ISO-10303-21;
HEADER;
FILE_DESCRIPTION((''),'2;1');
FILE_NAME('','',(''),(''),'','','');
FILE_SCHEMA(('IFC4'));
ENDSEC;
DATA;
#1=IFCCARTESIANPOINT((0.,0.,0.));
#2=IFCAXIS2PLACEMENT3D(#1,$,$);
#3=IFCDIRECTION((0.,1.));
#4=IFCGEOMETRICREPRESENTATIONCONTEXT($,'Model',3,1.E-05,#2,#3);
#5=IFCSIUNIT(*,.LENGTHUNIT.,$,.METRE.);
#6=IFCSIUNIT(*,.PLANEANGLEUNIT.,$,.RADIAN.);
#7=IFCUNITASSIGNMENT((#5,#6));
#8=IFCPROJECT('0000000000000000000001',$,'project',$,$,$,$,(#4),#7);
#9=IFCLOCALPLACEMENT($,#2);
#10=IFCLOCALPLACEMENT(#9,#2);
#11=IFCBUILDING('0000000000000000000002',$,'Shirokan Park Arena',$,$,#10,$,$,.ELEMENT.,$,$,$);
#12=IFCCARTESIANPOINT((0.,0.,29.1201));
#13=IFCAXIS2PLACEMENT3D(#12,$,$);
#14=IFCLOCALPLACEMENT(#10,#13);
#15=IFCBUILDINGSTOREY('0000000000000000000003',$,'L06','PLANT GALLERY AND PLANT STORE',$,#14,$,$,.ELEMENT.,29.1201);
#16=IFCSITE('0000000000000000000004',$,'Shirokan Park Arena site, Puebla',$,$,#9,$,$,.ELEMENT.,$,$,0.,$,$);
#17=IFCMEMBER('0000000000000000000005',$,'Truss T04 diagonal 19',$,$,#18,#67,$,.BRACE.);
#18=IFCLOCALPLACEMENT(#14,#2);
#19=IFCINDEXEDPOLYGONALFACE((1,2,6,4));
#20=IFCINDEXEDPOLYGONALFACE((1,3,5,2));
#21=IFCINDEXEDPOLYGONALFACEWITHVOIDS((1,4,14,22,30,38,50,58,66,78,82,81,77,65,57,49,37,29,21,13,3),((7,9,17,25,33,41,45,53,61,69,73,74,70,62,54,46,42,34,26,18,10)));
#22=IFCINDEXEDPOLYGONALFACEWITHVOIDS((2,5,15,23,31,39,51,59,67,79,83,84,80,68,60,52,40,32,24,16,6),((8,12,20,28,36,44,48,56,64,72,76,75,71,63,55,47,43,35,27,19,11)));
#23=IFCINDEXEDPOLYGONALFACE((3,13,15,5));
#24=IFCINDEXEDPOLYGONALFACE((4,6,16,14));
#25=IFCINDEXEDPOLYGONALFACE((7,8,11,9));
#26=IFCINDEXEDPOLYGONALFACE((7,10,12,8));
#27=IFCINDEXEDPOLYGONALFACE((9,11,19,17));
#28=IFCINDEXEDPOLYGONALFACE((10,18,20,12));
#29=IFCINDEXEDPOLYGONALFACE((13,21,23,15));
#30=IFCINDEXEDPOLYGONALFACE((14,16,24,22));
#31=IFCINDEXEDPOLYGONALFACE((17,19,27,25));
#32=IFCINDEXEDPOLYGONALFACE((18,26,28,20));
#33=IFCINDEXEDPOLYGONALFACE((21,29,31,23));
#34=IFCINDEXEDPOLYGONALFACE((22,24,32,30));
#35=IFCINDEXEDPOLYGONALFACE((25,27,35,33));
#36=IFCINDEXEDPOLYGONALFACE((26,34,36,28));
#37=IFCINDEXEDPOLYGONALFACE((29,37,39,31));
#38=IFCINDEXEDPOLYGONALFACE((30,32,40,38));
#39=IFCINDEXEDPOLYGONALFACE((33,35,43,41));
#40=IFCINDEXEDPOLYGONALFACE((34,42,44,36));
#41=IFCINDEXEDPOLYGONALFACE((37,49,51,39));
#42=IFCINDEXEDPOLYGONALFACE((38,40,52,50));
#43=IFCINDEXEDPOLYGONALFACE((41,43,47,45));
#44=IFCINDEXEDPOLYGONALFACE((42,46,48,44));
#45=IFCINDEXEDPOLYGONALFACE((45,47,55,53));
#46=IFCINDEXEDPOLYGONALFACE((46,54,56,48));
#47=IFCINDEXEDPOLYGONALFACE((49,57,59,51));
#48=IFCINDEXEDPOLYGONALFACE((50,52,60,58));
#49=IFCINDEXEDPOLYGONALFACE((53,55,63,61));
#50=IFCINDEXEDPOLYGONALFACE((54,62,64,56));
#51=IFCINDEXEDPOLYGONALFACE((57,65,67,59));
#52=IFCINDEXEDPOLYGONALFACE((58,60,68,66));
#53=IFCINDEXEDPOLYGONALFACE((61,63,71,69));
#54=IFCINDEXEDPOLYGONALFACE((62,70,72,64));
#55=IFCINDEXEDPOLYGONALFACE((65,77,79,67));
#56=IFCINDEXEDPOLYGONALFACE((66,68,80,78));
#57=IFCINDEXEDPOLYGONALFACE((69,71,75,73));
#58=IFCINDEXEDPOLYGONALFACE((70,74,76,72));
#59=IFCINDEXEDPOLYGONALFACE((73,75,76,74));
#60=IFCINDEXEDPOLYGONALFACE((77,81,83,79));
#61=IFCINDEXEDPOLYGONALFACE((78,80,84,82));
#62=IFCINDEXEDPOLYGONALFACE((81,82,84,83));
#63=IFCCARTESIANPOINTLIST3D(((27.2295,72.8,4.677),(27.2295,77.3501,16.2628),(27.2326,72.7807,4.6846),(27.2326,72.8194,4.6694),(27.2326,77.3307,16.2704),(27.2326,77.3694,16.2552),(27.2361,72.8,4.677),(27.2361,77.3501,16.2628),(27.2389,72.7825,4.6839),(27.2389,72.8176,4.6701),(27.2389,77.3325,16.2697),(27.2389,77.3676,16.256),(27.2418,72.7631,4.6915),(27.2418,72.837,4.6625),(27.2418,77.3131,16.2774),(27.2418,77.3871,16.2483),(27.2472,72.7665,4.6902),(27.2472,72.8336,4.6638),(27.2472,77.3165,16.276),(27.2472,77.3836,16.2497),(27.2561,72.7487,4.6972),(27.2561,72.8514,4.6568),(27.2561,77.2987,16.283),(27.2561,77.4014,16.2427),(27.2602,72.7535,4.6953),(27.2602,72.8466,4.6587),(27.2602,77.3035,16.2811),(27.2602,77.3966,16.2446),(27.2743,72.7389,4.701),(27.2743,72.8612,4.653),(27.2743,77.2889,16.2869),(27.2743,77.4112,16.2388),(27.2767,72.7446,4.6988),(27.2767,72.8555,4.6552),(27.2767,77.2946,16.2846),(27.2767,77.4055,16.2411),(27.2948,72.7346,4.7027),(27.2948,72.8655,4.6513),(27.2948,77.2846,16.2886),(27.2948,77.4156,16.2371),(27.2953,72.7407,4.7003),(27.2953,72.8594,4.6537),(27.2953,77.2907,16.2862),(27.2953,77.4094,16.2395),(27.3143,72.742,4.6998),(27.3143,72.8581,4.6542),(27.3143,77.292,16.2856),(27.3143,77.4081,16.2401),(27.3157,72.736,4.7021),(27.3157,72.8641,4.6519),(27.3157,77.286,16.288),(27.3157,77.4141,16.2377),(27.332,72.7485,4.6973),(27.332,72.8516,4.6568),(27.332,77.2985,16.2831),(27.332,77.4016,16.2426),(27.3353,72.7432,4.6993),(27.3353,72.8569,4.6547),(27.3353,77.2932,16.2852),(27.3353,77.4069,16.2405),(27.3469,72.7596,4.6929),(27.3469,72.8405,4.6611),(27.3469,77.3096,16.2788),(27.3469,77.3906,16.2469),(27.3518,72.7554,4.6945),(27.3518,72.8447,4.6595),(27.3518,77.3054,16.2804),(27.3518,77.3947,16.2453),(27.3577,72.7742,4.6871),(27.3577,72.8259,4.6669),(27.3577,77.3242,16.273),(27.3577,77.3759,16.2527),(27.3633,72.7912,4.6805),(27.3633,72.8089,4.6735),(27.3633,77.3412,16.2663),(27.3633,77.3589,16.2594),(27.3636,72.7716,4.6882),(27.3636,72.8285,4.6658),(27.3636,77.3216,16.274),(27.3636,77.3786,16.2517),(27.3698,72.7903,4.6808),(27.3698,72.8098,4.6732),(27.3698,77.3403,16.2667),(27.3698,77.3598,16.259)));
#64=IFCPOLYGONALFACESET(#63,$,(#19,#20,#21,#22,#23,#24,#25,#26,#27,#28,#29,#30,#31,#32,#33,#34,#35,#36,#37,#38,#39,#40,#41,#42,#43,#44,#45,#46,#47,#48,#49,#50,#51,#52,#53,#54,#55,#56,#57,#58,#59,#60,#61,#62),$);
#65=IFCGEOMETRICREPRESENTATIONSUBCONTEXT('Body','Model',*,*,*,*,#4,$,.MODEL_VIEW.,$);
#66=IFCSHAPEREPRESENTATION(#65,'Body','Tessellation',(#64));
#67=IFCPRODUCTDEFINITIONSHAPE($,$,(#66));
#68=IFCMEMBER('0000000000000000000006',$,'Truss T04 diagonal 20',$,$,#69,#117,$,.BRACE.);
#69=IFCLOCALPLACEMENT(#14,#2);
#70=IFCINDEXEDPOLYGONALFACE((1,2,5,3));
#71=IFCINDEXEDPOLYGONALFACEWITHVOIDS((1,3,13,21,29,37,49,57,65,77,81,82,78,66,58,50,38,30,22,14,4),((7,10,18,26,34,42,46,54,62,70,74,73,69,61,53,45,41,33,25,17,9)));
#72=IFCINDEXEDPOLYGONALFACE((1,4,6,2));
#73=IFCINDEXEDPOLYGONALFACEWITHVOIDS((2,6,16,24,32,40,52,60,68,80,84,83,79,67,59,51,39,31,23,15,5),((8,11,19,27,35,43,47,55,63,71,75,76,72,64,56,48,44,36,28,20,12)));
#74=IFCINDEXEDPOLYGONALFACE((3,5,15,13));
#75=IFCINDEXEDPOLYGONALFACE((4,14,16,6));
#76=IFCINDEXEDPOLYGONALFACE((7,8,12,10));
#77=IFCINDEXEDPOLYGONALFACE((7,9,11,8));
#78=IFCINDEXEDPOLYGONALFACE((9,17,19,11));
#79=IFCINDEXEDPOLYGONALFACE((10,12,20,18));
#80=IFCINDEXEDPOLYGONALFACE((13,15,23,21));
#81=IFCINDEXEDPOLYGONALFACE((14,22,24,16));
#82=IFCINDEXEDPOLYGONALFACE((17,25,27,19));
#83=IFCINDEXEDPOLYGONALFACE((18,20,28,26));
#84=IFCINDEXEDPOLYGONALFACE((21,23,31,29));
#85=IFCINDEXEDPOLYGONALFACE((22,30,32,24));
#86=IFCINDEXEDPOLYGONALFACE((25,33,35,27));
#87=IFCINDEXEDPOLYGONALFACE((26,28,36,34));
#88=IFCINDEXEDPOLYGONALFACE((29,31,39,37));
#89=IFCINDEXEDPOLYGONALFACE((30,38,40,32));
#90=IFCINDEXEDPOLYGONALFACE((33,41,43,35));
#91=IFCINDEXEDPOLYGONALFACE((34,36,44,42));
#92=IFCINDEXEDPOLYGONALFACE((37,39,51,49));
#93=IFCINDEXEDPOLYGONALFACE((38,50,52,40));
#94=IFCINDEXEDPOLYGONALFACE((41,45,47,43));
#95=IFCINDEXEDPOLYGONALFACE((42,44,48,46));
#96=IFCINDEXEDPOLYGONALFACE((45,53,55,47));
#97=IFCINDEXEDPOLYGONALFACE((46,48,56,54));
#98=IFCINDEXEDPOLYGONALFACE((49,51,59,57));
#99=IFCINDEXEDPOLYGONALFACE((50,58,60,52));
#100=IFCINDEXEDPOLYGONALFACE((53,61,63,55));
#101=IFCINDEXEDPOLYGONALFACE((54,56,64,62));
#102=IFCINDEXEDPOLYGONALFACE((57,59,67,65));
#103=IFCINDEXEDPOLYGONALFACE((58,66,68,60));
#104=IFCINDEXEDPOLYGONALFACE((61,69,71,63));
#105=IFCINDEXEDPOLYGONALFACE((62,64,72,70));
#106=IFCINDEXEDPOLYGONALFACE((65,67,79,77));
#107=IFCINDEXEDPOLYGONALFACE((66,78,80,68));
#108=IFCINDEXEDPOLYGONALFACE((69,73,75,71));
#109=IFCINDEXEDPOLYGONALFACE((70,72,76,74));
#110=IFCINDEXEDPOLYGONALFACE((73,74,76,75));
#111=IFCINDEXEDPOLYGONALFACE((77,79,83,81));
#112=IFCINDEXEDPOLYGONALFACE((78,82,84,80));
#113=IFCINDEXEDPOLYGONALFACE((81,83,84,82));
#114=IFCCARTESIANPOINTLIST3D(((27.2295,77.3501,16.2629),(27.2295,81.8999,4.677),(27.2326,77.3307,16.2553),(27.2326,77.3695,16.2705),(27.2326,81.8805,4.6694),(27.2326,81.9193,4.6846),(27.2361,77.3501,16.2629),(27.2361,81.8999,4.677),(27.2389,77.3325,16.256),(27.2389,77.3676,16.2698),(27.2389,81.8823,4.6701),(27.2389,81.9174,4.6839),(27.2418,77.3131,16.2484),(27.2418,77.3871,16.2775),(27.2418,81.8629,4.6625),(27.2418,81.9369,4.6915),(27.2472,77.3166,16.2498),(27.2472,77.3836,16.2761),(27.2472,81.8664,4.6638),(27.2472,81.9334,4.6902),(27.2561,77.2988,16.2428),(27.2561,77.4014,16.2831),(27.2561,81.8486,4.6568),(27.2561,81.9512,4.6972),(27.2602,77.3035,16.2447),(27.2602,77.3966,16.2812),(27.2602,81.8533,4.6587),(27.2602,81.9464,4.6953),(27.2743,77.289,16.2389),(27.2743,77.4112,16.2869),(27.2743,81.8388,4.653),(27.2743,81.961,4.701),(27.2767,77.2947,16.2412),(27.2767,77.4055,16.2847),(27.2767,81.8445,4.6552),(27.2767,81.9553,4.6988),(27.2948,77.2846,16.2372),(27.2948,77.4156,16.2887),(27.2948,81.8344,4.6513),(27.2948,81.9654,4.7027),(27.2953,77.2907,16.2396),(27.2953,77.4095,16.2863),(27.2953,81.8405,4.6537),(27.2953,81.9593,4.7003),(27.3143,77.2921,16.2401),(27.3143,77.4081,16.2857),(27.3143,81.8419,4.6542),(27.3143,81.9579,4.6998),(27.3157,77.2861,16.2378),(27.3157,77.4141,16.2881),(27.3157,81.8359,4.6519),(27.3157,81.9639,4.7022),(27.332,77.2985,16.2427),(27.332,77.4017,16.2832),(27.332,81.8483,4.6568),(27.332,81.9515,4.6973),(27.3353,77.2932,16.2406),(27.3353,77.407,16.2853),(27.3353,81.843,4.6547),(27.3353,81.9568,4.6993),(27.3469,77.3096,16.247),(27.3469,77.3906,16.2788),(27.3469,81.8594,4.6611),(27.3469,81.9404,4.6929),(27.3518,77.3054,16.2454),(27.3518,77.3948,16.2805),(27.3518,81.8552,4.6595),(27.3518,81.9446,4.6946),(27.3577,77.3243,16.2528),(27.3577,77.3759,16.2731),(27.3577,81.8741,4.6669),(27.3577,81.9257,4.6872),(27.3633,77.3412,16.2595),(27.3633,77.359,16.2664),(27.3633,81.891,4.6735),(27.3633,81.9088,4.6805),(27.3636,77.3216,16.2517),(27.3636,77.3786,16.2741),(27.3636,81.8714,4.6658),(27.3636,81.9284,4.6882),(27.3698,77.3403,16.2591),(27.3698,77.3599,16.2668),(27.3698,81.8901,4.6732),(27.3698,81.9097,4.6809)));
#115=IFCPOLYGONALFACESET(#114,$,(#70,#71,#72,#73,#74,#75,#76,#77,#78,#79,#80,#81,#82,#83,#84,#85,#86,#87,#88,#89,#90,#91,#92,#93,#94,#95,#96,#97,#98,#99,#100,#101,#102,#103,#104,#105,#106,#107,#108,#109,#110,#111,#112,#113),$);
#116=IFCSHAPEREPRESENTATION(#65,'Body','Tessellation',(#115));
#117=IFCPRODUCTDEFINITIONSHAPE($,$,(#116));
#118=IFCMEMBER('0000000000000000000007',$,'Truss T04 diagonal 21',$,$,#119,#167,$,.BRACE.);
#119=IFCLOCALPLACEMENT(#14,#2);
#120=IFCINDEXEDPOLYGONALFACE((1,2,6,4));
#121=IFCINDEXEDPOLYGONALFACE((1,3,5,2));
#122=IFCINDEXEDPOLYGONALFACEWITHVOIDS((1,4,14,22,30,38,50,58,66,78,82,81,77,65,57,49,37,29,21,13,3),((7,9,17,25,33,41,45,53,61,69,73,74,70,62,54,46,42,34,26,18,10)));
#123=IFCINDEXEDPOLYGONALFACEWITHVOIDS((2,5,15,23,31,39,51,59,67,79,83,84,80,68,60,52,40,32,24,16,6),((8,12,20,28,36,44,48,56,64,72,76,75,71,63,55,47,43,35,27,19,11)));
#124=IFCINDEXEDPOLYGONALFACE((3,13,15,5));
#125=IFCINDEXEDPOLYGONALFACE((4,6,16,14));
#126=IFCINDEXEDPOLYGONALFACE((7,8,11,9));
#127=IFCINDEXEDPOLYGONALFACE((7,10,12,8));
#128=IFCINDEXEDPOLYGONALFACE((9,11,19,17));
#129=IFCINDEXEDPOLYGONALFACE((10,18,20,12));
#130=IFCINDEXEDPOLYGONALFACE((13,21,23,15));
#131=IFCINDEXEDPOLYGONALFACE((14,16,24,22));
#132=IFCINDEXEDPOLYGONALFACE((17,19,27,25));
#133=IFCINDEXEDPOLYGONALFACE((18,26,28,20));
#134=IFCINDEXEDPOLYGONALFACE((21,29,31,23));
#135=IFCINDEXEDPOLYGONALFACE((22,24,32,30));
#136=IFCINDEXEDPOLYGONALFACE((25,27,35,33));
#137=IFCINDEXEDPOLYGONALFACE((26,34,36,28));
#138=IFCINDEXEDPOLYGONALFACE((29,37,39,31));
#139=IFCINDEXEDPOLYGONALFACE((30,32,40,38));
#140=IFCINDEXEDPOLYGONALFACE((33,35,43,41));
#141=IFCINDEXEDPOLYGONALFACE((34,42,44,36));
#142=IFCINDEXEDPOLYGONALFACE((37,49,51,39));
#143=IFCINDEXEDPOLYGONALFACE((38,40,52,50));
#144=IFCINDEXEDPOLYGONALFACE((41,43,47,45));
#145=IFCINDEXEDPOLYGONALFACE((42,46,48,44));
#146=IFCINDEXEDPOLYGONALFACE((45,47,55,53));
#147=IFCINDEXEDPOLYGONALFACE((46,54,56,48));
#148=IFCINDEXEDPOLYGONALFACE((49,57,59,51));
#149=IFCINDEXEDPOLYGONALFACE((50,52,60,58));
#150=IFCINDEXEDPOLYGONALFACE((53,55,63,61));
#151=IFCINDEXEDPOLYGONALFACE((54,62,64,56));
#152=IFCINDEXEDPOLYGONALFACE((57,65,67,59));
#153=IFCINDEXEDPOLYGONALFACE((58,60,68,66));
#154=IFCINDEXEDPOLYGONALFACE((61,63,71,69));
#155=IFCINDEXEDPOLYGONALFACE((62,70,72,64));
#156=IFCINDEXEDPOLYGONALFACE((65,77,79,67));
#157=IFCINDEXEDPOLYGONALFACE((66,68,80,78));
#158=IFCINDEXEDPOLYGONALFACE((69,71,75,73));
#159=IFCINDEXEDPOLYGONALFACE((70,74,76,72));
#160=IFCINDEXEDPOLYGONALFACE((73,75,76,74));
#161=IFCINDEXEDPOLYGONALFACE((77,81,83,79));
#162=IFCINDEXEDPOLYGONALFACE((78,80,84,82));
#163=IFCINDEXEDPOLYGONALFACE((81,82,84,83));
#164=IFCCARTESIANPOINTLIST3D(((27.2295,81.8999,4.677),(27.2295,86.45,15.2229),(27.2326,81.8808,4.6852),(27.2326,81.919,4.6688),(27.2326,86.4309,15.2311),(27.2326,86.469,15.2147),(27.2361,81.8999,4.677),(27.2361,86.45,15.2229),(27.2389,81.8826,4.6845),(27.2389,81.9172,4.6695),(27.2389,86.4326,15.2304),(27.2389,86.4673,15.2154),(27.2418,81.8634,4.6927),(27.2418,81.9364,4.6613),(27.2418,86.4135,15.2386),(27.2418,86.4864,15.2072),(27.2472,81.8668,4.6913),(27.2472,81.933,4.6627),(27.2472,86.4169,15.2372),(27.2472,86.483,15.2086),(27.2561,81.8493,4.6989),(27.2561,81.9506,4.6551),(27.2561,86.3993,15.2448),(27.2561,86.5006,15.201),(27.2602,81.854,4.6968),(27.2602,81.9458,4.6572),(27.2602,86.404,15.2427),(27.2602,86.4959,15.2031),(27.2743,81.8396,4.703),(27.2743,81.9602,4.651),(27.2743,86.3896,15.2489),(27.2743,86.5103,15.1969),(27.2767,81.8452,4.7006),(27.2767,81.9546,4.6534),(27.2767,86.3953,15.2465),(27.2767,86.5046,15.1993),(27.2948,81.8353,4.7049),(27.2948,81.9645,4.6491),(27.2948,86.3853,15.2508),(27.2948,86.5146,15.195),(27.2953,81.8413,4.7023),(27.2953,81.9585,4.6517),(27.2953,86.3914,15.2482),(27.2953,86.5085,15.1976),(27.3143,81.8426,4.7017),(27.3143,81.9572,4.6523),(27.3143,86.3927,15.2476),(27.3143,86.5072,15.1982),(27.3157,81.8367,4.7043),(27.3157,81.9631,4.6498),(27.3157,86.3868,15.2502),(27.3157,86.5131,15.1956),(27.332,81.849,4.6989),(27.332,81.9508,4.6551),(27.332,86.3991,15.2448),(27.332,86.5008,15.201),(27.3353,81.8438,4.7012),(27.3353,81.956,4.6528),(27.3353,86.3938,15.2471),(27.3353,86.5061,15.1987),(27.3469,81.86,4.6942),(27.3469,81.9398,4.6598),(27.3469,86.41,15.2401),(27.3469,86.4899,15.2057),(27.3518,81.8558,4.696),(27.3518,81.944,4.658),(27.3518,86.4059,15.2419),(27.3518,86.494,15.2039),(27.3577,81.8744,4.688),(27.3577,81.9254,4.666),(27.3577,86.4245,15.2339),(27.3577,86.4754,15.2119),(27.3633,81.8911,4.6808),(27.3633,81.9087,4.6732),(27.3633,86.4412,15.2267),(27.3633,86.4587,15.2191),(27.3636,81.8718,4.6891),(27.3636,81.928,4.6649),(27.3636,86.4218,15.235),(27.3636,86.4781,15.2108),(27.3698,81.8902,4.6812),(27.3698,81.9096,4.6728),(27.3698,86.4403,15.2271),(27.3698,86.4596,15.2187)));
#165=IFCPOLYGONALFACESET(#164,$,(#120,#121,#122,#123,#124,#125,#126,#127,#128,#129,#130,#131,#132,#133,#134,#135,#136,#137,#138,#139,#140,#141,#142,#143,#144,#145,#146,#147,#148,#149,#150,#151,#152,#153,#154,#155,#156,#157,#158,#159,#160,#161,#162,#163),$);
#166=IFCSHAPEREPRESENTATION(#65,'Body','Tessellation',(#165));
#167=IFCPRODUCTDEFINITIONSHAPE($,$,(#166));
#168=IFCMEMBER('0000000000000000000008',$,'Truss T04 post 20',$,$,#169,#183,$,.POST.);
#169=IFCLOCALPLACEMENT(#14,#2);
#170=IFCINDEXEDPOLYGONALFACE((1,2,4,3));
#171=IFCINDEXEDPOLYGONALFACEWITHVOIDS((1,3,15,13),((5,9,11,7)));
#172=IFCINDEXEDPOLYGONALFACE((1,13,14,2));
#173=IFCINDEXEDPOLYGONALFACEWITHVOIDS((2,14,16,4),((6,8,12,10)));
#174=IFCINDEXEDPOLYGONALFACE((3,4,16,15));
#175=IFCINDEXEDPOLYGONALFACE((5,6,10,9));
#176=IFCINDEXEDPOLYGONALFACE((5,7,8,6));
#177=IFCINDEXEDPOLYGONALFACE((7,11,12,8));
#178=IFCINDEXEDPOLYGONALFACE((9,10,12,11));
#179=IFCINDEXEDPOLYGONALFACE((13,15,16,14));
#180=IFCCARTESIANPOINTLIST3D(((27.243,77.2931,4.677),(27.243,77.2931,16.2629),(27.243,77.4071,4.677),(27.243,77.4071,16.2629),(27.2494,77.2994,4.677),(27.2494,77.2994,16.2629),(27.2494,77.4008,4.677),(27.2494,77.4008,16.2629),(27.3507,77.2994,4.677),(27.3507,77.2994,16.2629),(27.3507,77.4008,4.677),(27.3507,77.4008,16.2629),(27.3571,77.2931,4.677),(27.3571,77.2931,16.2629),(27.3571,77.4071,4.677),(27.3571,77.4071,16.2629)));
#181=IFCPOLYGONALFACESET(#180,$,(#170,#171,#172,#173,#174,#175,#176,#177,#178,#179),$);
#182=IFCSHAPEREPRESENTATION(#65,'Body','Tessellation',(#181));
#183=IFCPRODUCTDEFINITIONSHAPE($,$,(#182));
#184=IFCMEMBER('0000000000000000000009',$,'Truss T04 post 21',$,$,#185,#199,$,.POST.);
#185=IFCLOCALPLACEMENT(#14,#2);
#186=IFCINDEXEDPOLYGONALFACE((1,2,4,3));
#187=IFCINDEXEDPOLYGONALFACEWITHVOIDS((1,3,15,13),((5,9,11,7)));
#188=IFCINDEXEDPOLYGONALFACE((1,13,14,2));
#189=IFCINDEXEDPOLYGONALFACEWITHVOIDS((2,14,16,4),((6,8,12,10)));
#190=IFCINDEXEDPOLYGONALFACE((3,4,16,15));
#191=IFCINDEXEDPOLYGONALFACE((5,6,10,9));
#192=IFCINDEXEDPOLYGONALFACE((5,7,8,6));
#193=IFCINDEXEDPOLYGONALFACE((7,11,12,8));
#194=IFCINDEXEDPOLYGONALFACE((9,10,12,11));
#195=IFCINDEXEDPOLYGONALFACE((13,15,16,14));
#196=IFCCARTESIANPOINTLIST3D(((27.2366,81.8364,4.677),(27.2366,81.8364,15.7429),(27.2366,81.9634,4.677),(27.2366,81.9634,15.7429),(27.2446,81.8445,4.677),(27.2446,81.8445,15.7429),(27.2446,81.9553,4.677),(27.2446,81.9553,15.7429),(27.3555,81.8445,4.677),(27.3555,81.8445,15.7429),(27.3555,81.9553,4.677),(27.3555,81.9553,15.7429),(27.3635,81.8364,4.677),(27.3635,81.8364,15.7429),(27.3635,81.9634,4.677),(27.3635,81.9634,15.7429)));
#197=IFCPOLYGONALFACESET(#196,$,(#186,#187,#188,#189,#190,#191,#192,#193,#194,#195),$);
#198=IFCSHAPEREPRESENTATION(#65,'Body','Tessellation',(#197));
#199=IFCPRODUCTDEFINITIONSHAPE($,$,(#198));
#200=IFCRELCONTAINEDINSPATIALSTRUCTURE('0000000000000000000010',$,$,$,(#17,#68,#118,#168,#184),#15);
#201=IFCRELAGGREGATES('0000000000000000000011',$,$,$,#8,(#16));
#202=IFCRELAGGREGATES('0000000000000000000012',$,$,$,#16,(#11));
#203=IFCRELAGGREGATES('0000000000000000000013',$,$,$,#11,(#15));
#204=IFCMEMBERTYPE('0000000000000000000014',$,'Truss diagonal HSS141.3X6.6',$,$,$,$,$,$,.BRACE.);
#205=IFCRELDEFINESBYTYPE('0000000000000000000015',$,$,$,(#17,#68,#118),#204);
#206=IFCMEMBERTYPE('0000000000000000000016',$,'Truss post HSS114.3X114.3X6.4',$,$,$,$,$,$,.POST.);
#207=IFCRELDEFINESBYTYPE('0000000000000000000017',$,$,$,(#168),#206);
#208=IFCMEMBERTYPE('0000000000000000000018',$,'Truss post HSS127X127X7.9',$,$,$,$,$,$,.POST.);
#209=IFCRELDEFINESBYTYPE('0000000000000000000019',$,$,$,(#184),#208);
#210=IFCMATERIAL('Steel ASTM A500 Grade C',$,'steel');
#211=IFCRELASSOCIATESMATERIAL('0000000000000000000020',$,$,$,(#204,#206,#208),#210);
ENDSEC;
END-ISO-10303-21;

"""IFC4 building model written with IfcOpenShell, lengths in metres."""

from ifc_helpers import new_model, si_unit, direction, frame, origin, origin_2d, place, context, subcontext, project, spatial, hollow_rectangle, hollow_circle, extrude, material, material_profile, profile_set, type_object, element, save


model = new_model("IFC4")

# Units and contexts
model_context = context("Model", 3, precision=1e-05, world=origin(), true_north=direction((0.0, 1.0)))
body_context = subcontext(model_context, "Body", "Model", "MODEL_VIEW")
ifc_project = project(units=[si_unit("LENGTHUNIT", "METRE"), si_unit("PLANEANGLEUNIT", "RADIAN")], contexts=[model_context])

# Site, building, storey
site_placement = place(None, origin())
site = spatial("IfcSite", under=ifc_project, at=site_placement, Name="Shirokan Park Arena site, Puebla", CompositionType="ELEMENT", RefElevation=0.0)
building_placement = place(site_placement, origin())
building = spatial("IfcBuilding", under=site, at=building_placement, Name="Shirokan Park Arena", CompositionType="ELEMENT")
storey_placement = place(building_placement, frame((0.0, 0.0, 29.1201)))
storey = spatial("IfcBuildingStorey", under=building, at=storey_placement, Name="L06", Description="PLANT GALLERY AND PLANT STORE", CompositionType="ELEMENT", Elevation=29.1201)

# Members
ifc_material_1 = material(Name="Steel ASTM A500 Grade C", Category="steel")
ifc_material_profile_1 = material_profile(ifc_material_1, hollow_circle(Radius=0.0706, WallThickness=0.0066, at=origin_2d()), Name="HSS141.3X6.6")
ifc_profile_set_1 = profile_set([ifc_material_profile_1], Name="Steel ASTM A500 Grade C")
member_type_1 = type_object("IfcMemberType", Name="Truss diagonal HSS141.3X6.6", PredefinedType="BRACE", material=ifc_profile_set_1)
for number, where, z_axis, x_axis, name in (
    (1, (27.3, 72.8, 4.677), (0.0, 0.365543, 0.930794), (-1.0, 0.0, 0.0), "Truss T04 diagonal 19"),
    (2, (27.3, 77.3501, 16.2629), (0.0, 0.365526, -0.930801), (-1.0, 0.0, 0.0), "Truss T04 diagonal 20"),
):
    element("IfcMember", number, at=place(storey_placement, frame(where, z_axis=z_axis, x_axis=x_axis)), inside=storey, type_object=member_type_1, Name=name, PredefinedType="BRACE", context=body_context, shape_type="SweptSolid", body=[
        extrude(hollow_circle(Radius=0.0706, WallThickness=0.0066, at=origin_2d()), origin(), (0.0, 0.0, 1.0), 12.4473),
    ])
member_1_placement = place(storey_placement, frame((27.3, 81.8999, 4.677), z_axis=(0.0, 0.396153, 0.918185), x_axis=(-1.0, 0.0, 0.0)))
element("IfcMember", 3, at=member_1_placement, inside=storey, type_object=member_type_1, Name="Truss T04 diagonal 21", PredefinedType="BRACE", context=body_context, shape_type="SweptSolid", body=[
    extrude(hollow_circle(Radius=0.0706, WallThickness=0.0066, at=origin_2d()), origin(), (0.0, 0.0, 1.0), 11.4856),
])
ifc_material_profile_2 = material_profile(ifc_material_1, hollow_rectangle(XDim=0.114, YDim=0.114, WallThickness=0.0063, at=origin_2d()), Name="HSS114.3X114.3X6.4")
ifc_profile_set_2 = profile_set([ifc_material_profile_2], Name="Steel ASTM A500 Grade C")
member_type_2 = type_object("IfcMemberType", Name="Truss post HSS114.3X114.3X6.4", PredefinedType="POST", material=ifc_profile_set_2)
member_2_placement = place(storey_placement, frame((27.3, 77.3501, 4.677), z_axis=(0.0, 0.0, 1.0), x_axis=(1.0, 0.0, 0.0)))
element("IfcMember", 4, at=member_2_placement, inside=storey, type_object=member_type_2, Name="Truss T04 post 20", PredefinedType="POST", context=body_context, shape_type="SweptSolid", body=[
    extrude(hollow_rectangle(XDim=0.114, YDim=0.114, WallThickness=0.0063, at=origin_2d()), origin(), (0.0, 0.0, 1.0), 11.5859),
])
ifc_material_profile_3 = material_profile(ifc_material_1, hollow_rectangle(XDim=0.127, YDim=0.127, WallThickness=0.0081, at=origin_2d()), Name="HSS127X127X7.9")
ifc_profile_set_3 = profile_set([ifc_material_profile_3], Name="Steel ASTM A500 Grade C")
member_type_3 = type_object("IfcMemberType", Name="Truss post HSS127X127X7.9", PredefinedType="POST", material=ifc_profile_set_3)
member_3_placement = place(storey_placement, frame((27.3, 81.8999, 4.677), z_axis=(0.0, 0.0, 1.0), x_axis=(1.0, 0.0, 0.0)))
element("IfcMember", 5, at=member_3_placement, inside=storey, type_object=member_type_3, Name="Truss T04 post 21", PredefinedType="POST", context=body_context, shape_type="SweptSolid", body=[
    extrude(hollow_rectangle(XDim=0.127, YDim=0.127, WallThickness=0.0081, at=origin_2d()), origin(), (0.0, 0.0, 1.0), 11.0659),
])

save(model, "model.ifc")
